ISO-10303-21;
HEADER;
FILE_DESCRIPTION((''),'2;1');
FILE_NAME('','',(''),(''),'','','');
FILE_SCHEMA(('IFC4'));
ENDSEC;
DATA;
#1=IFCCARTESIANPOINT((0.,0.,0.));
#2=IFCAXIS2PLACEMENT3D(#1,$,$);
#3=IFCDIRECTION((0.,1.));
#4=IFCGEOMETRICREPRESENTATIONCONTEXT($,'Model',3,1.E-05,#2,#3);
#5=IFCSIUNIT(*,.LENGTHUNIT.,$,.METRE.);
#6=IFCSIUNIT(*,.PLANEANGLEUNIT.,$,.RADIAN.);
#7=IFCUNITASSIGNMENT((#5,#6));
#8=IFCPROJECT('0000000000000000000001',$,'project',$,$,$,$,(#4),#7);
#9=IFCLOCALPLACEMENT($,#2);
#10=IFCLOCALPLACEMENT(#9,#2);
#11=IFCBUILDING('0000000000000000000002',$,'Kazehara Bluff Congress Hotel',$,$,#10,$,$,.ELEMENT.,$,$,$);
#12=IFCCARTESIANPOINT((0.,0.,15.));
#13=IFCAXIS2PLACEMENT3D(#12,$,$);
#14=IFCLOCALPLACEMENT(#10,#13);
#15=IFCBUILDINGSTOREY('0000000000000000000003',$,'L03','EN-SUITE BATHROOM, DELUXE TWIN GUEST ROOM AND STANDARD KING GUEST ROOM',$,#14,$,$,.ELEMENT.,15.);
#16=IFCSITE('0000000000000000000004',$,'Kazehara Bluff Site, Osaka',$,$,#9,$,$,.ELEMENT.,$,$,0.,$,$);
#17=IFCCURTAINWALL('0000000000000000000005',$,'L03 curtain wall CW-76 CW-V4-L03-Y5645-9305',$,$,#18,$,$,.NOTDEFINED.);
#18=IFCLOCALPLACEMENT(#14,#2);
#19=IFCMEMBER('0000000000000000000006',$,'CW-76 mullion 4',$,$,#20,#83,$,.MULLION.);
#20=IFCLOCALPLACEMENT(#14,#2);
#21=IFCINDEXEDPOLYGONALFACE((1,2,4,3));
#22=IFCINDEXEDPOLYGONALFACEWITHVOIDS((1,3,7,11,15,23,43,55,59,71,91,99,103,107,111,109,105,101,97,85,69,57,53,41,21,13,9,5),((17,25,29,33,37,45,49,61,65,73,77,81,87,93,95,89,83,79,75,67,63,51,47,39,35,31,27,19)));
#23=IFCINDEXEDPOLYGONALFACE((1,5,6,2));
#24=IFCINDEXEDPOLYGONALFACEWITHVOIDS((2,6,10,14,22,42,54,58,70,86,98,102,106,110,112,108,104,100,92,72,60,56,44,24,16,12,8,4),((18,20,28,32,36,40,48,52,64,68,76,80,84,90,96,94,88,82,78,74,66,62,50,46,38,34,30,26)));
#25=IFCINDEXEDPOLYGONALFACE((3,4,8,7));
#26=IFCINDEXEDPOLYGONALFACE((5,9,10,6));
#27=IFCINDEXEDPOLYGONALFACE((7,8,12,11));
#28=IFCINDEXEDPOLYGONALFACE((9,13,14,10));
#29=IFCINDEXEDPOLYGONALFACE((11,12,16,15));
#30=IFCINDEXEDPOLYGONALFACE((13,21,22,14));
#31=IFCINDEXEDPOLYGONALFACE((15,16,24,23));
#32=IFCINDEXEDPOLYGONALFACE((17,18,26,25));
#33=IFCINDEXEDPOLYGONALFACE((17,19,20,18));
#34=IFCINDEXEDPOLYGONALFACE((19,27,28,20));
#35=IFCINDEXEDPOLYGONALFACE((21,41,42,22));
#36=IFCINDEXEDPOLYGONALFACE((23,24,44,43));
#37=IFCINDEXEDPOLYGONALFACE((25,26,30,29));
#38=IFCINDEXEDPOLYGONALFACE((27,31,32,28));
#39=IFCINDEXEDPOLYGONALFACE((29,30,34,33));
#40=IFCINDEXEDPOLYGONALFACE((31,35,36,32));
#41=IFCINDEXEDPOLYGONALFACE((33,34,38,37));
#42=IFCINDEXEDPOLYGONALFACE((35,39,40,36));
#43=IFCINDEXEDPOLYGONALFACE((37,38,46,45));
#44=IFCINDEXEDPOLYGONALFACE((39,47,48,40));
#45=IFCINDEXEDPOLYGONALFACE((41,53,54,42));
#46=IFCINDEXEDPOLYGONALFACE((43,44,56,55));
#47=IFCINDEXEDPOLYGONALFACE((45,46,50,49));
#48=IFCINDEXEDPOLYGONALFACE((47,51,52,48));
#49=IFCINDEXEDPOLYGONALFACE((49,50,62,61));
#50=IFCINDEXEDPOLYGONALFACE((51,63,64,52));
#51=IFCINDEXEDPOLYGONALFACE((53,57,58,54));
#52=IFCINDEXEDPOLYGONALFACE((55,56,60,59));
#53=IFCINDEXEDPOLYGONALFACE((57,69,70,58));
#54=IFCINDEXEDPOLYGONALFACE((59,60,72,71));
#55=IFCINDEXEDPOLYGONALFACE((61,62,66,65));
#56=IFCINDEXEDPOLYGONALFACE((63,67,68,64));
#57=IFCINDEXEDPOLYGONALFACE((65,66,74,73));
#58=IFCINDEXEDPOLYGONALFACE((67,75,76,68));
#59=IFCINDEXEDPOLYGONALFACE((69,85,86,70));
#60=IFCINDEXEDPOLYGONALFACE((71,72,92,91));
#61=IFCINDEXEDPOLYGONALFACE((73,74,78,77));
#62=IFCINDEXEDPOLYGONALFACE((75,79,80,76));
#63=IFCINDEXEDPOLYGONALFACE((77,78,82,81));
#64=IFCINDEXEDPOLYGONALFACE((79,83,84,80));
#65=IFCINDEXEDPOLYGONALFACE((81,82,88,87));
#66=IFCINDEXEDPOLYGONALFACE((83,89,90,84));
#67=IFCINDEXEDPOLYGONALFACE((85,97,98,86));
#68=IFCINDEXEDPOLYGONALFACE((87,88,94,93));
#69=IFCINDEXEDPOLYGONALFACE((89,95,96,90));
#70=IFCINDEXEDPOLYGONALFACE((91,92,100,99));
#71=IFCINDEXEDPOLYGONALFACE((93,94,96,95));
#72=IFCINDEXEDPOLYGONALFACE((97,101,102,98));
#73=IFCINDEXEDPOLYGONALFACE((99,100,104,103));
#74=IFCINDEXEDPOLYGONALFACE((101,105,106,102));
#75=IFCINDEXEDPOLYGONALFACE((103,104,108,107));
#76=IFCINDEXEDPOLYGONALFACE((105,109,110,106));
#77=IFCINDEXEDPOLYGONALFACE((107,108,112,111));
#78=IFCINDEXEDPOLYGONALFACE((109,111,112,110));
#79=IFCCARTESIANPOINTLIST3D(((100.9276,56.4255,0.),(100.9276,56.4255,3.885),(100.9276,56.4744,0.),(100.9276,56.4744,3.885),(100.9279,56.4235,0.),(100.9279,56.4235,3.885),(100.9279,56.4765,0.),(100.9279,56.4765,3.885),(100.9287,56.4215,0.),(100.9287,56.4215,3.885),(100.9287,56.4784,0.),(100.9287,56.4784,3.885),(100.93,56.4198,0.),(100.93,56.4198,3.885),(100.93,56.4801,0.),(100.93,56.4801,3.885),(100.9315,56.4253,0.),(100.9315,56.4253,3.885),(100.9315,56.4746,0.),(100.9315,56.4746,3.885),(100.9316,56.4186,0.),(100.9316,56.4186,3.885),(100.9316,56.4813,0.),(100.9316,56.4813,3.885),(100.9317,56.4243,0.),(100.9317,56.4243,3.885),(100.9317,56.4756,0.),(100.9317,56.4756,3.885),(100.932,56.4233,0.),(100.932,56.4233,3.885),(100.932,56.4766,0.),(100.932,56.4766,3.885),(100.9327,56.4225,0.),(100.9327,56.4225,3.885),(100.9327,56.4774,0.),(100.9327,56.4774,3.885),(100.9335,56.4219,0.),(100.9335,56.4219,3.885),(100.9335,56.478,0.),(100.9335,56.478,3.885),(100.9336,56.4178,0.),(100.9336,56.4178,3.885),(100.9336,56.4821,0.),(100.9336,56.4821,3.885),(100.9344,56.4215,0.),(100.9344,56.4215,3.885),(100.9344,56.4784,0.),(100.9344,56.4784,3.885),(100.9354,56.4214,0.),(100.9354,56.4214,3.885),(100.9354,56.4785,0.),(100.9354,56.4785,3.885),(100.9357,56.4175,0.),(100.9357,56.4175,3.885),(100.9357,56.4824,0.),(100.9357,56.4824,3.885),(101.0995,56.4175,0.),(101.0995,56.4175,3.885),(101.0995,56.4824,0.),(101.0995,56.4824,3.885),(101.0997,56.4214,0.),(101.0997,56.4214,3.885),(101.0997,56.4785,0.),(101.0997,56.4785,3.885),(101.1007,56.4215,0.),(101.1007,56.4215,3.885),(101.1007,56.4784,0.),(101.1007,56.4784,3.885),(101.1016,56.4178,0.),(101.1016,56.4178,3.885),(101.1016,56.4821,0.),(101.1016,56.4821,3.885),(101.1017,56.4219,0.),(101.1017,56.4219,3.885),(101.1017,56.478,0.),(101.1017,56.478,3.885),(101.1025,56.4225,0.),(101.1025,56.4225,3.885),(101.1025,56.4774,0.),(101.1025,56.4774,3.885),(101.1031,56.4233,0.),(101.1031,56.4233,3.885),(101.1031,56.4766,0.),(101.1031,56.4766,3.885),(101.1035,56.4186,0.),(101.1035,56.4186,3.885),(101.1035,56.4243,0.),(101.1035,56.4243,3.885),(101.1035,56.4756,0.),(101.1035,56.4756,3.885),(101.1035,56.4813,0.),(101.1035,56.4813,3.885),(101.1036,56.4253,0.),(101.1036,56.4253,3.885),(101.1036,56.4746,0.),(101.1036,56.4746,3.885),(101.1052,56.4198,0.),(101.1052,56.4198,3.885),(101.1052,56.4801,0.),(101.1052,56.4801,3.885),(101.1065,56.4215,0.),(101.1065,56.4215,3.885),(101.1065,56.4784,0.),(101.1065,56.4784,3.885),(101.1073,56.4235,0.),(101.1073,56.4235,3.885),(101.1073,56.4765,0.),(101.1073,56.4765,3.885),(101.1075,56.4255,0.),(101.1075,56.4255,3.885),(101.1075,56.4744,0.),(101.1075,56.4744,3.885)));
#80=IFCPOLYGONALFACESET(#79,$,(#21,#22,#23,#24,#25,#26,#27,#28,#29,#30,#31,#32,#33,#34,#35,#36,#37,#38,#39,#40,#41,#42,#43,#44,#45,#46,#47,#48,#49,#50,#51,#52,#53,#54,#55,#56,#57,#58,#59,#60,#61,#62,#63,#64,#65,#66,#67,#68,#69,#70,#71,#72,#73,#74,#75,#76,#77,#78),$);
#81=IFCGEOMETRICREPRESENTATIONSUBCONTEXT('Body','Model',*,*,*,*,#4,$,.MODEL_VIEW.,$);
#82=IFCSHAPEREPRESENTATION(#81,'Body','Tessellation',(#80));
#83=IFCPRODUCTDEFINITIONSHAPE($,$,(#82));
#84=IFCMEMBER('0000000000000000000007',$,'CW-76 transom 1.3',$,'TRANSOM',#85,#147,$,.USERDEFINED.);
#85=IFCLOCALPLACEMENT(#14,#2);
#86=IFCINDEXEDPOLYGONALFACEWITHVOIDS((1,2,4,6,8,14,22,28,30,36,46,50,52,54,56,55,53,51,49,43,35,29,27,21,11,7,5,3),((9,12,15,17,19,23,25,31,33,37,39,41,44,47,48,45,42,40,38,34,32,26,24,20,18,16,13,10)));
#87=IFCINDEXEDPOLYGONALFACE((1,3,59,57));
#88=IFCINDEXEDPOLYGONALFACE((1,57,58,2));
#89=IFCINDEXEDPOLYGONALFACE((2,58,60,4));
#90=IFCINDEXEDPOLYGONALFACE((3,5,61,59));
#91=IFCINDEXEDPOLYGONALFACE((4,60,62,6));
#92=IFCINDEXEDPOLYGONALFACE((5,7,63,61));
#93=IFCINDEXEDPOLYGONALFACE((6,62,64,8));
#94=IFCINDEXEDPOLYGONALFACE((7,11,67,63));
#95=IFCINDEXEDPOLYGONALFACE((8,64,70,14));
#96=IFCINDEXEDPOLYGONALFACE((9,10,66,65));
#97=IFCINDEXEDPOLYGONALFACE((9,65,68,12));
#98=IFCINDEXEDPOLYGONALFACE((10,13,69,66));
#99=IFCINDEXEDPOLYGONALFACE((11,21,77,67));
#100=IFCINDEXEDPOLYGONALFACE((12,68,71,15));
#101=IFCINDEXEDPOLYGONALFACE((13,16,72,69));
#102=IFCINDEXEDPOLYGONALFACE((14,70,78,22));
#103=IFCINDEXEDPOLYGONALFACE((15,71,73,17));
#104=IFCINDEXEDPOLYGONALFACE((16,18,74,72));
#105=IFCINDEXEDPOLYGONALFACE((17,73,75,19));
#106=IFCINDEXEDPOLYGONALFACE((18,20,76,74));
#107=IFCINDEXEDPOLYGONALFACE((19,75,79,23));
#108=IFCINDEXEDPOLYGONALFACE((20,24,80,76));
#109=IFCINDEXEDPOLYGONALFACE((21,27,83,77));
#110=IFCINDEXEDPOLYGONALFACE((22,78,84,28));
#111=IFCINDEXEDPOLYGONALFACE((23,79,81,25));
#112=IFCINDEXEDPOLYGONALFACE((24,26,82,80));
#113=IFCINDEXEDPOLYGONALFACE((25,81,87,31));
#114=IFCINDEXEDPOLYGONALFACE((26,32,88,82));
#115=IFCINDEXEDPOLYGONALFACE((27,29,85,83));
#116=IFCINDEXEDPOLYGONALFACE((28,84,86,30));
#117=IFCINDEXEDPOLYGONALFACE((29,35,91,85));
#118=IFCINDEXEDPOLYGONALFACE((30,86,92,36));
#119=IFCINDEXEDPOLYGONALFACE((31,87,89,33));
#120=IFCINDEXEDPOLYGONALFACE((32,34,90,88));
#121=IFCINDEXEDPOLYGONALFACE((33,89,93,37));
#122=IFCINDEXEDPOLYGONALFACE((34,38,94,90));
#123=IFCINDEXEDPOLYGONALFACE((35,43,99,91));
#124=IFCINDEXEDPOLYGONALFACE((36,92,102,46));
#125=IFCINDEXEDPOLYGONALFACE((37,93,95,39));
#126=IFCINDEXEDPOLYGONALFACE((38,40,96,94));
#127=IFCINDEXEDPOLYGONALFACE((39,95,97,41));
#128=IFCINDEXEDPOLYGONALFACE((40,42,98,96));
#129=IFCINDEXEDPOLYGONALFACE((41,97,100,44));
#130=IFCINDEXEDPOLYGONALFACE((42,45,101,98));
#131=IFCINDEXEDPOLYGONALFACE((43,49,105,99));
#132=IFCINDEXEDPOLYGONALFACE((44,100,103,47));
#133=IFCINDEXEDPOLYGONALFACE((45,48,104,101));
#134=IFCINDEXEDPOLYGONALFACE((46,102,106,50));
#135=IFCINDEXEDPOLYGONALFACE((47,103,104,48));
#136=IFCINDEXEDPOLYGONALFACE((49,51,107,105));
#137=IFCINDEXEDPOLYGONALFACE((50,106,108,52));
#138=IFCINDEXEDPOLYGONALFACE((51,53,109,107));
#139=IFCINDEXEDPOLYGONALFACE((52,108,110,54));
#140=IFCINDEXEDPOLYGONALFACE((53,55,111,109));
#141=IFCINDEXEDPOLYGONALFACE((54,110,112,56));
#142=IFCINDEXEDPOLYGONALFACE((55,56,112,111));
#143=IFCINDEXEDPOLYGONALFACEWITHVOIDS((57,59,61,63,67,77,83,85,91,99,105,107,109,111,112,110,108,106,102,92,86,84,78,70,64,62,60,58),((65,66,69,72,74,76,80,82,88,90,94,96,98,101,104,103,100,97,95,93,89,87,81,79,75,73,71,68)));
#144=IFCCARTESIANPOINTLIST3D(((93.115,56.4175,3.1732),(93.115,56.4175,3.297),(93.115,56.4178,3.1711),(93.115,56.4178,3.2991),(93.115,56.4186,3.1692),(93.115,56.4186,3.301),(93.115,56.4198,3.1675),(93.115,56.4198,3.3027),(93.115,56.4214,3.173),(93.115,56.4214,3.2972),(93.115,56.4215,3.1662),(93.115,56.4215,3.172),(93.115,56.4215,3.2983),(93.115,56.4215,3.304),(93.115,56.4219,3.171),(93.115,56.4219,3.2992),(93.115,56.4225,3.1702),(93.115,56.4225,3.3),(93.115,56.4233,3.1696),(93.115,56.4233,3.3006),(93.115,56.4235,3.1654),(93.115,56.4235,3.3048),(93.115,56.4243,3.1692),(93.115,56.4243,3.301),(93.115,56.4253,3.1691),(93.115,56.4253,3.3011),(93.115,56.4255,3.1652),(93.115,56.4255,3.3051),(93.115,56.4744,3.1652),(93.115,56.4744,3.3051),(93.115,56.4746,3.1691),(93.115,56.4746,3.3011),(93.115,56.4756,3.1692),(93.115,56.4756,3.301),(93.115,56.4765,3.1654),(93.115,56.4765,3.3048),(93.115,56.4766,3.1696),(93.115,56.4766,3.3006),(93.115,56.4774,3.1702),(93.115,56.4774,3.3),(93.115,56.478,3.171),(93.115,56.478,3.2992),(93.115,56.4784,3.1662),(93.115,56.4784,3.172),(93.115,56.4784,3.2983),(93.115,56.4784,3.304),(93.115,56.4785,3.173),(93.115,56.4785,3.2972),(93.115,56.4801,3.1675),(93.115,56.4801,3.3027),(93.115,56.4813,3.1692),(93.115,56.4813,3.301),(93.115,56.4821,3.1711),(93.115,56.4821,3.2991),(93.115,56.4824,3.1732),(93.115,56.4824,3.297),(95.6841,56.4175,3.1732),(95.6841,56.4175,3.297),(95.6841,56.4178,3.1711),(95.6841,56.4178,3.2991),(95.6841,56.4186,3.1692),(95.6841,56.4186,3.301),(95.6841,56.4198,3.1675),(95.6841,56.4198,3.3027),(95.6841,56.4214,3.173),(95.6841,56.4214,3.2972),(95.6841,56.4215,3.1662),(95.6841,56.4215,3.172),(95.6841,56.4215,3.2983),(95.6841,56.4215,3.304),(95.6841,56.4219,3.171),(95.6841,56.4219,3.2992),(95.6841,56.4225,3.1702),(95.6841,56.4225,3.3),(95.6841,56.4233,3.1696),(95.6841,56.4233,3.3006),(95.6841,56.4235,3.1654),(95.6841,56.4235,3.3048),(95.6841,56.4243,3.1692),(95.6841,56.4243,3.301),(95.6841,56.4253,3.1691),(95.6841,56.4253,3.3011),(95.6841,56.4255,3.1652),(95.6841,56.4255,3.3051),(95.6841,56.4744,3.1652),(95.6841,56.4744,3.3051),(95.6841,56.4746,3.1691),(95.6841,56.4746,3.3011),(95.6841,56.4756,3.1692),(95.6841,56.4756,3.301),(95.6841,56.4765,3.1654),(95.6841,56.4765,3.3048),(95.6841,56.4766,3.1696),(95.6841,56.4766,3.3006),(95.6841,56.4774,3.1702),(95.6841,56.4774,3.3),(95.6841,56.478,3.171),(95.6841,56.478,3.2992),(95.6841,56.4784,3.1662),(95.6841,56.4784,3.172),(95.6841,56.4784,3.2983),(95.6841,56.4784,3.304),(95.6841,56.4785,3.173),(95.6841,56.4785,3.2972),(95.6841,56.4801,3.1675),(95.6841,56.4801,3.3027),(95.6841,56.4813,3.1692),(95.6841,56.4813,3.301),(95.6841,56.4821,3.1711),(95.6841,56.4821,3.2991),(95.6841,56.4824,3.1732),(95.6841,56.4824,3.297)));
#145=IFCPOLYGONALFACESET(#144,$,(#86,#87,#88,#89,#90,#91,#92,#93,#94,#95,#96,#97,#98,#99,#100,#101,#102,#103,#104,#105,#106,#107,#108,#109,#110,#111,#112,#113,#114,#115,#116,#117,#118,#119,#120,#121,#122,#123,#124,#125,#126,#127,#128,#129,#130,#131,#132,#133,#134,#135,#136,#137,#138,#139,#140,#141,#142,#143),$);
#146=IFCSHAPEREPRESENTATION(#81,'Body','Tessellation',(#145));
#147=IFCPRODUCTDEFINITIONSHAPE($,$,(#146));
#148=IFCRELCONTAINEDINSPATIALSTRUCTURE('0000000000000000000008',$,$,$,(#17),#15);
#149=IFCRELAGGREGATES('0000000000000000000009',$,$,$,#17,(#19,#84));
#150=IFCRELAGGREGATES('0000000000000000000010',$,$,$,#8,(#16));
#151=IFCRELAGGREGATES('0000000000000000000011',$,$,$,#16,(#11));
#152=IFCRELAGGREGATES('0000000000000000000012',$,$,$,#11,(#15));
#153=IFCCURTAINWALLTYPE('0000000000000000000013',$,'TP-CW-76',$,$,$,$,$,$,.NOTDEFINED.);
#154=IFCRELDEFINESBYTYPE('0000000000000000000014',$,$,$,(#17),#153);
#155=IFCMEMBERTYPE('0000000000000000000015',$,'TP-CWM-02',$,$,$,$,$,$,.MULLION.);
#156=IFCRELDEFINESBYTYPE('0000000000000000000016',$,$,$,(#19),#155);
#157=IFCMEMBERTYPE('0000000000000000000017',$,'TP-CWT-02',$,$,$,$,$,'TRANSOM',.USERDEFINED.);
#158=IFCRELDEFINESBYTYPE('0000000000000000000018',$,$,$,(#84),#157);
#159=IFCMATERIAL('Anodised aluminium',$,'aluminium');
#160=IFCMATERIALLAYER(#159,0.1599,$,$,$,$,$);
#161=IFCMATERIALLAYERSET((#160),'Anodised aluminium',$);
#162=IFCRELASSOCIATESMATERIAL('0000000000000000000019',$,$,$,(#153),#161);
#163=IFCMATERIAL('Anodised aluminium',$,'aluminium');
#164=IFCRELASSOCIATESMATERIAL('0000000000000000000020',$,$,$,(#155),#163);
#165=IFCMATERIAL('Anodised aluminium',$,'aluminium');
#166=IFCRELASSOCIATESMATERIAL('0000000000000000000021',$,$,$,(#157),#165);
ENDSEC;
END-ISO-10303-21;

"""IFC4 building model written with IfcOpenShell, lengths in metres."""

from ifc_helpers import new_model, si_unit, direction, frame, origin, origin_2d, place, context, subcontext, project, spatial, hollow_rectangle, extrude, material, layer, layer_set, material_profile, profile_set, type_object, element, aggregate, save


model = new_model("IFC4")

# Units and contexts
model_context = context("Model", 3, precision=1e-05, world=origin(), true_north=direction((0.0, 1.0)))
body_context = subcontext(model_context, "Body", "Model", "MODEL_VIEW")
ifc_project = project(units=[si_unit("LENGTHUNIT", "METRE"), si_unit("PLANEANGLEUNIT", "RADIAN")], contexts=[model_context])

# Site, building, storey
site_placement = place(None, origin())
site = spatial("IfcSite", under=ifc_project, at=site_placement, Name="Kazehara Bluff Site, Osaka", CompositionType="ELEMENT", RefElevation=0.0)
building_placement = place(site_placement, origin())
building = spatial("IfcBuilding", under=site, at=building_placement, Name="Kazehara Bluff Congress Hotel", CompositionType="ELEMENT")
storey_placement = place(building_placement, frame((0.0, 0.0, 15.0)))
storey = spatial("IfcBuildingStorey", under=building, at=storey_placement, Name="L03", Description="EN-SUITE BATHROOM, DELUXE TWIN GUEST ROOM AND STANDARD KING GUEST ROOM", CompositionType="ELEMENT", Elevation=15.0)

# Curtain wall, members
ifc_material_1 = material(Name="Anodised aluminium", Category="aluminium")
ifc_layer_1 = layer(ifc_material_1, 0.1599)
ifc_layer_set_1 = layer_set([ifc_layer_1], Name="Anodised aluminium")
curtain_wall_type = type_object("IfcCurtainWallType", Name="TP-CW-76", PredefinedType="NOTDEFINED", material=ifc_layer_set_1)
curtain_wall_placement = place(storey_placement, origin())
curtain_wall = element("IfcCurtainWall", 1, at=curtain_wall_placement, inside=storey, type_object=curtain_wall_type, Name="L03 curtain wall CW-76 CW-V4-L03-Y5645-9305", PredefinedType="NOTDEFINED")
ifc_material_2 = material(Name="Anodised aluminium", Category="aluminium")
ifc_material_profile_1 = material_profile(ifc_material_2, hollow_rectangle(XDim=0.0649, YDim=0.1799, WallThickness=0.0039, InnerFilletRadius=0.0039, OuterFilletRadius=0.0081, at=origin_2d()))
ifc_profile_set_1 = profile_set([ifc_material_profile_1], Name="Anodised aluminium")
member_type_1 = type_object("IfcMemberType", Name="TP-CWM-02", PredefinedType="MULLION", material=ifc_profile_set_1)
member_1_placement = place(storey_placement, frame((101.0176, 56.45, 0.0), z_axis=(0.0, 0.0, 1.0), x_axis=(0.0, 1.0, 0.0)))
member_1 = element("IfcMember", 2, at=member_1_placement, type_object=member_type_1, Name="CW-76 mullion 4", PredefinedType="MULLION", context=body_context, shape_type="SweptSolid", body=[
    extrude(hollow_rectangle(XDim=0.0649, YDim=0.1799, WallThickness=0.0039, InnerFilletRadius=0.0039, OuterFilletRadius=0.0081, at=origin_2d()), origin(), (0.0, 0.0, 1.0), 3.885),
])
ifc_material_3 = material(Name="Anodised aluminium", Category="aluminium")
ifc_material_profile_2 = material_profile(ifc_material_3, hollow_rectangle(XDim=0.0649, YDim=0.1399, WallThickness=0.0039, InnerFilletRadius=0.0039, OuterFilletRadius=0.0081, at=origin_2d()))
ifc_profile_set_2 = profile_set([ifc_material_profile_2], Name="Anodised aluminium")
member_type_2 = type_object("IfcMemberType", Name="TP-CWT-02", ElementType="TRANSOM", PredefinedType="USERDEFINED", material=ifc_profile_set_2)
member_2_placement = place(storey_placement, frame((93.115, 56.45, 3.2351), z_axis=(1.0, 0.0, 0.0), x_axis=(0.0, 1.0, 0.0)))
member_2 = element("IfcMember", 3, at=member_2_placement, type_object=member_type_2, Name="CW-76 transom 1.3", ObjectType="TRANSOM", PredefinedType="USERDEFINED", context=body_context, shape_type="SweptSolid", body=[
    extrude(hollow_rectangle(XDim=0.0649, YDim=0.1399, WallThickness=0.0039, InnerFilletRadius=0.0039, OuterFilletRadius=0.0081, at=origin_2d()), origin(), (0.0, 0.0, 1.0), 2.5691),
])

aggregate(curtain_wall, [member_1, member_2])

save(model, "model.ifc")
